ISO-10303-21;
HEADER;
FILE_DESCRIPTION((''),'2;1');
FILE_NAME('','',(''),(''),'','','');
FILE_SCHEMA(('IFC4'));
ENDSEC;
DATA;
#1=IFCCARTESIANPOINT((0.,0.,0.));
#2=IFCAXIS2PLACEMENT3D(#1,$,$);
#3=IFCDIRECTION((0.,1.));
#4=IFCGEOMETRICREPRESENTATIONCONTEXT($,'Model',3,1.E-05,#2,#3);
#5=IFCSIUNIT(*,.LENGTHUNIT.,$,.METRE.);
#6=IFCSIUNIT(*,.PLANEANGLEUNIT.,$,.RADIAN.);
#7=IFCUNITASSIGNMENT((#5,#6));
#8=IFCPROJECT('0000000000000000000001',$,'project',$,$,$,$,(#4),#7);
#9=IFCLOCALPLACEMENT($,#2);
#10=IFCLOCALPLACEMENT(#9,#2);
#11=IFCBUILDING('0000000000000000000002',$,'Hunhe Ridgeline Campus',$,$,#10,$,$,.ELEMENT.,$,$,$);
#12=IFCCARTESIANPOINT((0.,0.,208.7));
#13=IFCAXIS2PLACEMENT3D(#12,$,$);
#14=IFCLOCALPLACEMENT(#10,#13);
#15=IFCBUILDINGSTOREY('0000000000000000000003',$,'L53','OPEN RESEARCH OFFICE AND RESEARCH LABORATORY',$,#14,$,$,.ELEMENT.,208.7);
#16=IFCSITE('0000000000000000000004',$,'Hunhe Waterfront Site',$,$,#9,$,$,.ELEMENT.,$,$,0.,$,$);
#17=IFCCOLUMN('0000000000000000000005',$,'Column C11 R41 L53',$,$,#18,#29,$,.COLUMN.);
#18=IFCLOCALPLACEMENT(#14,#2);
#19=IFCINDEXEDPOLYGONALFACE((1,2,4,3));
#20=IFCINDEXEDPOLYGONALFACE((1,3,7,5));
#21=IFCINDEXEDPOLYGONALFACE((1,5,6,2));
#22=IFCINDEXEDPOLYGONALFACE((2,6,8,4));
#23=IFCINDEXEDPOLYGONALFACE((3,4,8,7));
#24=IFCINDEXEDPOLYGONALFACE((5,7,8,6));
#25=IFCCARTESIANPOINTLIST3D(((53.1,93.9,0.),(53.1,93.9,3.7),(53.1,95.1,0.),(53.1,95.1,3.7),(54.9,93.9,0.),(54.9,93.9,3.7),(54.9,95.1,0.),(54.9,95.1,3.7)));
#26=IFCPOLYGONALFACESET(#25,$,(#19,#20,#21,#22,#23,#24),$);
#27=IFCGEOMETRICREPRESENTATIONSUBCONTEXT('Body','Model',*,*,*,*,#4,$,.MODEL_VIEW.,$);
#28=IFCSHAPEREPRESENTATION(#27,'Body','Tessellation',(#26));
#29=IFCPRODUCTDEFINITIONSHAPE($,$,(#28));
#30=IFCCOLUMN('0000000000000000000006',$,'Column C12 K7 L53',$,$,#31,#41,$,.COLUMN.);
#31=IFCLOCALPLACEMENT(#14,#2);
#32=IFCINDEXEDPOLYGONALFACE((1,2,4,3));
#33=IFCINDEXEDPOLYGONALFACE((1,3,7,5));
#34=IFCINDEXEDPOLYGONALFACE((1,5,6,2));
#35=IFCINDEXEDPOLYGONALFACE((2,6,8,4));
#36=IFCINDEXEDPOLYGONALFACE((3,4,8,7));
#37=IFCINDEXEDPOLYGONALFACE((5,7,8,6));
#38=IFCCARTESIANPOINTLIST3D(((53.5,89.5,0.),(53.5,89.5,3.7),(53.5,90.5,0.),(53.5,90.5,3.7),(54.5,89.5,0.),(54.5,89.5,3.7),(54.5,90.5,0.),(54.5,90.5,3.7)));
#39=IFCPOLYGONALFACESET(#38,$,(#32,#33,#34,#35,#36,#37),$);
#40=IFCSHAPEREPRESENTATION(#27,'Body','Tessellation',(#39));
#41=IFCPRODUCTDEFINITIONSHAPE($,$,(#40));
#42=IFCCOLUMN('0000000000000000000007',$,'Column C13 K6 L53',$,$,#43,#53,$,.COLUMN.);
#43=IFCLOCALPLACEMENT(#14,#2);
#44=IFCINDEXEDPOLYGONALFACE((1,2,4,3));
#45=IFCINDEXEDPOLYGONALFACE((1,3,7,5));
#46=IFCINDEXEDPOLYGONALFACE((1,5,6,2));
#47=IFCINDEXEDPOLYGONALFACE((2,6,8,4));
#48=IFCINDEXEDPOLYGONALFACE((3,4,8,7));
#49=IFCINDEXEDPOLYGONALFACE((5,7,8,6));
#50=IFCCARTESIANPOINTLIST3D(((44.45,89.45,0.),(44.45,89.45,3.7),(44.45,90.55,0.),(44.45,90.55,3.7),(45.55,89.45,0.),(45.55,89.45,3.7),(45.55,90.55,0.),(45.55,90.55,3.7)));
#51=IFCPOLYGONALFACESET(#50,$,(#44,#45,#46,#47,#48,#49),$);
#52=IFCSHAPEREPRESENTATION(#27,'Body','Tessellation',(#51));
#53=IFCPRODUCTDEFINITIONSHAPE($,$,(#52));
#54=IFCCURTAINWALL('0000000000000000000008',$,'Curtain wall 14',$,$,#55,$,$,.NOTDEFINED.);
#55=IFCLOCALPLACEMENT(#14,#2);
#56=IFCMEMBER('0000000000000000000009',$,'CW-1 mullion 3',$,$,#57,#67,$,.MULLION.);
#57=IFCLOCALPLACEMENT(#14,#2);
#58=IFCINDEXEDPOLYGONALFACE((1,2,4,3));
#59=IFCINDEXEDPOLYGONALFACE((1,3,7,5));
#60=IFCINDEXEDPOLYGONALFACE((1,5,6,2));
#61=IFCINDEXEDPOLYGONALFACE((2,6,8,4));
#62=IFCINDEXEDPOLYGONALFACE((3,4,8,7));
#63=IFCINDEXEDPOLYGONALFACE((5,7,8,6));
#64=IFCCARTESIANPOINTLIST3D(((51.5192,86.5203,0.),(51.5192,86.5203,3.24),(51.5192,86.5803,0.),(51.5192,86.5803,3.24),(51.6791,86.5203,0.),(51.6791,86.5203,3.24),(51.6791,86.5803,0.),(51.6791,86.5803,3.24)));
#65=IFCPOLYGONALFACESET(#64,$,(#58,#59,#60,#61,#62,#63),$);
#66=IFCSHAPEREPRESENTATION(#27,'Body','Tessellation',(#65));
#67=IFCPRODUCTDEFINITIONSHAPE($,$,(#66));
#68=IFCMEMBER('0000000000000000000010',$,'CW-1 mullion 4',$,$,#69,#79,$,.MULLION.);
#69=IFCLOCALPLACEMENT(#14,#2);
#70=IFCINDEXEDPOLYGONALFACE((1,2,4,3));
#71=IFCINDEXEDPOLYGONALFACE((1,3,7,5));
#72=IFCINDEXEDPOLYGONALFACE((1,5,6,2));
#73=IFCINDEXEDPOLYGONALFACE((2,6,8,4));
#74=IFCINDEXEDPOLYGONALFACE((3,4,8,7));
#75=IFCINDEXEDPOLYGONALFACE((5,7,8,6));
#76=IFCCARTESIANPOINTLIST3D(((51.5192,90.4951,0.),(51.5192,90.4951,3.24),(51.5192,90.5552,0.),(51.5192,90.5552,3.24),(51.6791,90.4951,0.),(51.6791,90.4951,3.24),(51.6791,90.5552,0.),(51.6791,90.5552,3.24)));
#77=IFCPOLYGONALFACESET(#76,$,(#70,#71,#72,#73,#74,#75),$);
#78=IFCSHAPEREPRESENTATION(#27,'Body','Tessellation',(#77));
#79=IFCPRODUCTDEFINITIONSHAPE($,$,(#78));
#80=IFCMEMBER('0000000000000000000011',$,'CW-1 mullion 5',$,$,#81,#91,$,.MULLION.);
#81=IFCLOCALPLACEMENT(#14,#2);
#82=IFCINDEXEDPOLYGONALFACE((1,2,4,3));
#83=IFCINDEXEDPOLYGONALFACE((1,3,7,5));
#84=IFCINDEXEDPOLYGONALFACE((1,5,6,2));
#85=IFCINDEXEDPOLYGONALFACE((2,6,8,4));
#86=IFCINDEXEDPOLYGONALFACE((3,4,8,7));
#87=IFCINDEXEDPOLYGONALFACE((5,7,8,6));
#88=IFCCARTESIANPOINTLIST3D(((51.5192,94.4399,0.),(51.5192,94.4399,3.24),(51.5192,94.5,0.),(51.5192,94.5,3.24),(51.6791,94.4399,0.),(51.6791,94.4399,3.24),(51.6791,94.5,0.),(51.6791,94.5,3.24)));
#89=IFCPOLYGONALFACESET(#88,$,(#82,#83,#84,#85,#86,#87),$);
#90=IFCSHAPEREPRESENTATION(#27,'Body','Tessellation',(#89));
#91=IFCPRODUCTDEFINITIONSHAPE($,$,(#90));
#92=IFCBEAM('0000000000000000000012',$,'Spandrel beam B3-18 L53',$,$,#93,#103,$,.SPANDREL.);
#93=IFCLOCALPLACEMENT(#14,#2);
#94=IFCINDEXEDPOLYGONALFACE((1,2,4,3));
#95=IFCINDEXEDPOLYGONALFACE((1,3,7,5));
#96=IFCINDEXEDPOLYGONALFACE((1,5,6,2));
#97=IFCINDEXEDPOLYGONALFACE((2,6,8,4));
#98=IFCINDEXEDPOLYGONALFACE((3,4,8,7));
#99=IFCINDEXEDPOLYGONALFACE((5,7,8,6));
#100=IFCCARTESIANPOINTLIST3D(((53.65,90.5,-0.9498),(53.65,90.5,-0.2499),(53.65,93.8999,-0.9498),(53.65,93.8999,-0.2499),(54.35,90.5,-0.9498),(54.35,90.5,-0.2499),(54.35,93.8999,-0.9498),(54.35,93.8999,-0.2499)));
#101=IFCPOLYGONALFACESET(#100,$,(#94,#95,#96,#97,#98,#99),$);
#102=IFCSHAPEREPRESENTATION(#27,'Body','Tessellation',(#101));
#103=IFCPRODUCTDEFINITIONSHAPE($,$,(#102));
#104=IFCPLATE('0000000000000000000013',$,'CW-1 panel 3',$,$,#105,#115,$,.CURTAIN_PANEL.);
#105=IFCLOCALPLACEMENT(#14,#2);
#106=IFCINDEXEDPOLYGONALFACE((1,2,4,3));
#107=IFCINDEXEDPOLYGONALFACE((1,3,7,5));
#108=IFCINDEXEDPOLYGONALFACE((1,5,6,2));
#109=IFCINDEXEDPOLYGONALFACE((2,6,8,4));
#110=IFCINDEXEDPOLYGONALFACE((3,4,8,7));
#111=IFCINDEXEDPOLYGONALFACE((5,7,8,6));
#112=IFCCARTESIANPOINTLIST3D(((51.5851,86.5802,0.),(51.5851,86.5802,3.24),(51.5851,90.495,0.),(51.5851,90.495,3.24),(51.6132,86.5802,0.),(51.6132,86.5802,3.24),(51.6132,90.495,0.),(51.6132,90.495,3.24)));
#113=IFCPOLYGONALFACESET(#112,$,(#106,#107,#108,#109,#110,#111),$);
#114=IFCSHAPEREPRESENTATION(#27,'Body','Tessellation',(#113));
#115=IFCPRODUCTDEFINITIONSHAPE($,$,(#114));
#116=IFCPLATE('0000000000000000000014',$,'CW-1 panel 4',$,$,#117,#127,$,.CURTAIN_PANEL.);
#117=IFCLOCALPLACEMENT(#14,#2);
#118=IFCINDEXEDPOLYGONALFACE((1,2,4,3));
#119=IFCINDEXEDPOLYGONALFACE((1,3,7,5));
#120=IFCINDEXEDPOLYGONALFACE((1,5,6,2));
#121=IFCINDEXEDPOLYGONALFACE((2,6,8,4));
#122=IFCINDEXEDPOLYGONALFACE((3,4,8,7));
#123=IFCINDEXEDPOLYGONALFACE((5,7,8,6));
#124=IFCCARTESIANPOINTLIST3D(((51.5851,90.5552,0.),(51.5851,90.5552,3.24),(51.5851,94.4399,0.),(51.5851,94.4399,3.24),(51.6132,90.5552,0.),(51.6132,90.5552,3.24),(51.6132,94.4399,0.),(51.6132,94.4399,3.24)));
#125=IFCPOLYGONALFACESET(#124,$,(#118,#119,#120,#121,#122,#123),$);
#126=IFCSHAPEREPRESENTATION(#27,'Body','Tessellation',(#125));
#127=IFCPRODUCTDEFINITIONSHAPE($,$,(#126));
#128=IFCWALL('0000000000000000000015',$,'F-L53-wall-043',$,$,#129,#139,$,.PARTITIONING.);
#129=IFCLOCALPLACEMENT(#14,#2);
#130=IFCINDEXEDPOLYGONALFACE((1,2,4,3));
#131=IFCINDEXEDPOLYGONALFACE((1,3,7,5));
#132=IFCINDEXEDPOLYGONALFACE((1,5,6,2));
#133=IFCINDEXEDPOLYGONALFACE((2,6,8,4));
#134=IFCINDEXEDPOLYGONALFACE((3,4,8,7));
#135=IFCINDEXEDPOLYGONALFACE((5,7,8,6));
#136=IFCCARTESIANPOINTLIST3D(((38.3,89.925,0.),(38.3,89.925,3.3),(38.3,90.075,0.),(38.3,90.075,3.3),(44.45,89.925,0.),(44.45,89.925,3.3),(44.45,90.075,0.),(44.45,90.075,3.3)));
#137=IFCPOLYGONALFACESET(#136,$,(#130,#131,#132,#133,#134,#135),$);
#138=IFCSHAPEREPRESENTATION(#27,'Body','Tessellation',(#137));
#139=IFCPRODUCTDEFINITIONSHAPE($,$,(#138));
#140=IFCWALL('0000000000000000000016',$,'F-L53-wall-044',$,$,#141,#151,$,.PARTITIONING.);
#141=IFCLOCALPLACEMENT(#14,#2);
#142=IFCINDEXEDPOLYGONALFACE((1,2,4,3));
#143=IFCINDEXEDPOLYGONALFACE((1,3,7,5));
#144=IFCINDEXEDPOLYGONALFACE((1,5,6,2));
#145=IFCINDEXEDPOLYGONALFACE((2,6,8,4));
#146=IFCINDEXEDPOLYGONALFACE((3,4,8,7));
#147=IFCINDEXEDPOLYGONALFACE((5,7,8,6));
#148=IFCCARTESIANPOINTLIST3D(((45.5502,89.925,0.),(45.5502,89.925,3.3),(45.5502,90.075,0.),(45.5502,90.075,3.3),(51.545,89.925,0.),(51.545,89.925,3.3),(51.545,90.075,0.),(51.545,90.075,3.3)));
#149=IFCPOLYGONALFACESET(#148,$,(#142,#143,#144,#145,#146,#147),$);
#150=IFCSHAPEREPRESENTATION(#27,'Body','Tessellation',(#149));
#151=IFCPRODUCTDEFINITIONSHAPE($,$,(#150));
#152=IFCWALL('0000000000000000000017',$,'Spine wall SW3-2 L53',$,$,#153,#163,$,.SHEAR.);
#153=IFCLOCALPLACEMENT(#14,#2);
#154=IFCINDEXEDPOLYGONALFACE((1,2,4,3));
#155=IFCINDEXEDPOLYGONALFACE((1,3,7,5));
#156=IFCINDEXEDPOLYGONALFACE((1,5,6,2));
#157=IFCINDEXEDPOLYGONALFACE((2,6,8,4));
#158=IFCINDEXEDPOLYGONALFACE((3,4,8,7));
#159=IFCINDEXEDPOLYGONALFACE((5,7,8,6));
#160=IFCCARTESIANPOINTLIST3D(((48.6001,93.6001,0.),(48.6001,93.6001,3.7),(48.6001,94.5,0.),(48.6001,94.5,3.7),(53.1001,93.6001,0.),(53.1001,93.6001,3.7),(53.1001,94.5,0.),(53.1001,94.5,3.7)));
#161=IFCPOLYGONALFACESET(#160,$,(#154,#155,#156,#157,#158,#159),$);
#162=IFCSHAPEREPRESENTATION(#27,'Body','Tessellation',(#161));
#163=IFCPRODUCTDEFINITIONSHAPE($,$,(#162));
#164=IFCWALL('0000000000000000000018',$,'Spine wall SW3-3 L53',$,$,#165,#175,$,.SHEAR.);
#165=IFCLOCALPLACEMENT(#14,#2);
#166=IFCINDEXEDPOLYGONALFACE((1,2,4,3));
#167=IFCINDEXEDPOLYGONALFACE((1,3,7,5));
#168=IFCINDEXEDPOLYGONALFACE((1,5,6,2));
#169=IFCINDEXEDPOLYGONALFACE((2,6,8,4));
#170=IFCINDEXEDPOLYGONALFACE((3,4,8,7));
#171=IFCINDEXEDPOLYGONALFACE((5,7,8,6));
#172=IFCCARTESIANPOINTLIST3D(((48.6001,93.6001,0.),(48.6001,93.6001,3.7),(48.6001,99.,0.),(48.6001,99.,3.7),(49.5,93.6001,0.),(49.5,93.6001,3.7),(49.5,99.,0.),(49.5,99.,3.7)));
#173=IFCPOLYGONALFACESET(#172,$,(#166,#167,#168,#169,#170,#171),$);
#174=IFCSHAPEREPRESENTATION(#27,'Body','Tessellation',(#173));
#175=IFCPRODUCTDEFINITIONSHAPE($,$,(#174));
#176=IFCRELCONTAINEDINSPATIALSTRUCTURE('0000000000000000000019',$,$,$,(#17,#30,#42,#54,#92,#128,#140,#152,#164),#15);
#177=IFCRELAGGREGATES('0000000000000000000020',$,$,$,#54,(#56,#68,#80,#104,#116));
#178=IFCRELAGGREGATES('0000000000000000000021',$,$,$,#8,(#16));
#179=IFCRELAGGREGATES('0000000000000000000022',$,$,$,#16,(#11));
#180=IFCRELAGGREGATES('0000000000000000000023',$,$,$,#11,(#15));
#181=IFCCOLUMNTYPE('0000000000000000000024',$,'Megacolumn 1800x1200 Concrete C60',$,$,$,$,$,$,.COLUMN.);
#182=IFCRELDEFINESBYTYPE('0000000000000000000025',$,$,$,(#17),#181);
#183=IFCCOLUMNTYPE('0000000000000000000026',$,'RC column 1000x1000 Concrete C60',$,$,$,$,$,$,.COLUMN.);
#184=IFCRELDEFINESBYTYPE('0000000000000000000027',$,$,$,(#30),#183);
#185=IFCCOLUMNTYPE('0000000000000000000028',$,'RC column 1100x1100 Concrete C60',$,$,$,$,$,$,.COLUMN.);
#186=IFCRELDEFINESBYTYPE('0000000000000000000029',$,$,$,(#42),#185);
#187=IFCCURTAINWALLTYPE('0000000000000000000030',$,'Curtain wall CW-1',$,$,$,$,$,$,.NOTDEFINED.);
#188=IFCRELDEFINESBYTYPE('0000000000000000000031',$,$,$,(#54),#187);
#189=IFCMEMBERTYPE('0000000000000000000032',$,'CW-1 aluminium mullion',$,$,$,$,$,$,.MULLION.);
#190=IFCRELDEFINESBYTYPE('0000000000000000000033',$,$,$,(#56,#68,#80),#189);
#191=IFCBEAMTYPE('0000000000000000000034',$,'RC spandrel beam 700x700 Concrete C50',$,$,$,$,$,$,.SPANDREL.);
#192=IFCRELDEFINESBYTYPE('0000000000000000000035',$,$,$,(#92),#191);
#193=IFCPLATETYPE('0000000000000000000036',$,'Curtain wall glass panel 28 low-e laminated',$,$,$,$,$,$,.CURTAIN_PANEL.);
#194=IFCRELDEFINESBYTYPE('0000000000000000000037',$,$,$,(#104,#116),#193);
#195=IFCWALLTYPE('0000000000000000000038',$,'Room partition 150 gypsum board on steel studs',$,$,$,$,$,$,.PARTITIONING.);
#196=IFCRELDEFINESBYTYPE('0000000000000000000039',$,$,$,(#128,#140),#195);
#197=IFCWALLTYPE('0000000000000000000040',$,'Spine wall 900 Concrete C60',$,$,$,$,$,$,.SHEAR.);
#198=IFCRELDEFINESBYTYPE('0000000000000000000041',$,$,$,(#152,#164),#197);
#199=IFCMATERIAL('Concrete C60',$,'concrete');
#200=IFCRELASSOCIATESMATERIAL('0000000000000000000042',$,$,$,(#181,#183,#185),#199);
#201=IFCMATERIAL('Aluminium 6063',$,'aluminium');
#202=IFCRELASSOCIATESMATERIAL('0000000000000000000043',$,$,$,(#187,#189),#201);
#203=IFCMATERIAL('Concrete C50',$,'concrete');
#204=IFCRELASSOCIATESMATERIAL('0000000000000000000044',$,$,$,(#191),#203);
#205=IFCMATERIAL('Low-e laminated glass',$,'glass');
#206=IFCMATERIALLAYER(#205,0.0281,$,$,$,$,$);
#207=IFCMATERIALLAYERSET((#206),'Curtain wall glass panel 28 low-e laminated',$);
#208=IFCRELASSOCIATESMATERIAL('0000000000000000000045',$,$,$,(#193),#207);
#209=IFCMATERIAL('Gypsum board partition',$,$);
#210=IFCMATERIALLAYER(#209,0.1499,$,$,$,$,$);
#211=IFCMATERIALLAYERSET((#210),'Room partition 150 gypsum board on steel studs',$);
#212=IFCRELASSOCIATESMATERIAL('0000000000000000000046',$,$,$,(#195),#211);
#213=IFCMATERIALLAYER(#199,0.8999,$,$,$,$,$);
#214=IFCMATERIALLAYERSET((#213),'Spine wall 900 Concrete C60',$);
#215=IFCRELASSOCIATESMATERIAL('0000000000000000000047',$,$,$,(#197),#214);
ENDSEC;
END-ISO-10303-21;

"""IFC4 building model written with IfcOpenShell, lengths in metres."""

from ifc_helpers import new_model, si_unit, direction, frame, frame_2d, origin, origin_2d, place, context, subcontext, project, spatial, rectangle, extrude, material, layer, layer_set, material_profile, profile_set, type_object, element, aggregate, save


model = new_model("IFC4")

# Units and contexts
model_context = context("Model", 3, precision=1e-05, world=origin(), true_north=direction((0.0, 1.0)))
body_context = subcontext(model_context, "Body", "Model", "MODEL_VIEW")
ifc_project = project(units=[si_unit("LENGTHUNIT", "METRE"), si_unit("PLANEANGLEUNIT", "RADIAN")], contexts=[model_context])

# Site, building, storey
site_placement = place(None, origin())
site = spatial("IfcSite", under=ifc_project, at=site_placement, Name="Hunhe Waterfront Site", CompositionType="ELEMENT", RefElevation=0.0)
building_placement = place(site_placement, origin())
building = spatial("IfcBuilding", under=site, at=building_placement, Name="Hunhe Ridgeline Campus", CompositionType="ELEMENT")
storey_placement = place(building_placement, frame((0.0, 0.0, 208.7)))
storey = spatial("IfcBuildingStorey", under=building, at=storey_placement, Name="L53", Description="OPEN RESEARCH OFFICE AND RESEARCH LABORATORY", CompositionType="ELEMENT", Elevation=208.7)

# Columns
ifc_material_1 = material(Name="Concrete C60", Category="concrete")
ifc_material_profile_1 = material_profile(ifc_material_1, rectangle(XDim=1.8, YDim=1.2, at=origin_2d()))
ifc_profile_set_1 = profile_set([ifc_material_profile_1], Name="Concrete C60")
column_type_1 = type_object("IfcColumnType", Name="Megacolumn 1800x1200 Concrete C60", PredefinedType="COLUMN", material=ifc_profile_set_1)
column_1_placement = place(storey_placement, frame((54.0, 94.5, 0.0), z_axis=(0.0, 0.0, 1.0), x_axis=(1.0, 0.0, 0.0)))
element("IfcColumn", 1, at=column_1_placement, inside=storey, type_object=column_type_1, Name="Column C11 R41 L53", PredefinedType="COLUMN", context=body_context, shape_type="SweptSolid", body=[
    extrude(rectangle(XDim=1.8, YDim=1.2, at=origin_2d()), origin(), (0.0, 0.0, 1.0), 3.7),
])
ifc_material_profile_2 = material_profile(ifc_material_1, rectangle(XDim=1.0, YDim=1.0, at=origin_2d()))
ifc_profile_set_2 = profile_set([ifc_material_profile_2], Name="Concrete C60")
column_type_2 = type_object("IfcColumnType", Name="RC column 1000x1000 Concrete C60", PredefinedType="COLUMN", material=ifc_profile_set_2)
column_2_placement = place(storey_placement, frame((54.0, 90.0, 0.0), z_axis=(0.0, 0.0, 1.0), x_axis=(1.0, 0.0, 0.0)))
element("IfcColumn", 2, at=column_2_placement, inside=storey, type_object=column_type_2, Name="Column C12 K7 L53", PredefinedType="COLUMN", context=body_context, shape_type="SweptSolid", body=[
    extrude(rectangle(XDim=1.0, YDim=1.0, at=origin_2d()), origin(), (0.0, 0.0, 1.0), 3.7),
])
ifc_material_profile_3 = material_profile(ifc_material_1, rectangle(XDim=1.1001, YDim=1.1001, at=origin_2d()))
ifc_profile_set_3 = profile_set([ifc_material_profile_3], Name="Concrete C60")
column_type_3 = type_object("IfcColumnType", Name="RC column 1100x1100 Concrete C60", PredefinedType="COLUMN", material=ifc_profile_set_3)
column_3_placement = place(storey_placement, frame((45.0, 90.0, 0.0), z_axis=(0.0, 0.0, 1.0), x_axis=(1.0, 0.0, 0.0)))
element("IfcColumn", 3, at=column_3_placement, inside=storey, type_object=column_type_3, Name="Column C13 K6 L53", PredefinedType="COLUMN", context=body_context, shape_type="SweptSolid", body=[
    extrude(rectangle(XDim=1.1001, YDim=1.1001, at=origin_2d()), origin(), (0.0, 0.0, 1.0), 3.7),
])

# Curtain wall, members
ifc_material_2 = material(Name="Aluminium 6063", Category="aluminium")
curtain_wall_type = type_object("IfcCurtainWallType", Name="Curtain wall CW-1", PredefinedType="NOTDEFINED", material=ifc_material_2)
curtain_wall_placement = place(storey_placement, origin())
curtain_wall = element("IfcCurtainWall", 4, at=curtain_wall_placement, inside=storey, type_object=curtain_wall_type, Name="Curtain wall 14", PredefinedType="NOTDEFINED")
ifc_material_profile_4 = material_profile(ifc_material_2, rectangle(XDim=0.1599, YDim=0.0601, at=origin_2d()))
ifc_profile_set_4 = profile_set([ifc_material_profile_4], Name="Aluminium 6063")
member_type = type_object("IfcMemberType", Name="CW-1 aluminium mullion", PredefinedType="MULLION", material=ifc_profile_set_4)
member_1_placement = place(storey_placement, frame((51.5991, 86.5503, 0.0), z_axis=(0.0, 0.0, 1.0), x_axis=(-1.0, 0.0, 0.0)))
member_1 = element("IfcMember", 5, at=member_1_placement, type_object=member_type, Name="CW-1 mullion 3", PredefinedType="MULLION", context=body_context, shape_type="SweptSolid", body=[
    extrude(rectangle(XDim=0.1599, YDim=0.0601, at=origin_2d()), origin(), (0.0, 0.0, 1.0), 3.24),
])
member_2_placement = place(storey_placement, frame((51.5991, 90.5251, 0.0), z_axis=(0.0, 0.0, 1.0), x_axis=(-1.0, 0.0, 0.0)))
member_2 = element("IfcMember", 6, at=member_2_placement, type_object=member_type, Name="CW-1 mullion 4", PredefinedType="MULLION", context=body_context, shape_type="SweptSolid", body=[
    extrude(rectangle(XDim=0.1599, YDim=0.0601, at=origin_2d()), origin(), (0.0, 0.0, 1.0), 3.24),
])
member_3_placement = place(storey_placement, frame((51.5991, 94.47, 0.0), z_axis=(0.0, 0.0, 1.0), x_axis=(-1.0, 0.0, 0.0)))
member_3 = element("IfcMember", 7, at=member_3_placement, type_object=member_type, Name="CW-1 mullion 5", PredefinedType="MULLION", context=body_context, shape_type="SweptSolid", body=[
    extrude(rectangle(XDim=0.1599, YDim=0.0601, at=origin_2d()), origin(), (0.0, 0.0, 1.0), 3.24),
])

# Beam
ifc_material_3 = material(Name="Concrete C50", Category="concrete")
ifc_material_profile_5 = material_profile(ifc_material_3, rectangle(XDim=0.7, YDim=0.7, at=origin_2d()))
ifc_profile_set_5 = profile_set([ifc_material_profile_5], Name="Concrete C50")
beam_type = type_object("IfcBeamType", Name="RC spandrel beam 700x700 Concrete C50", PredefinedType="SPANDREL", material=ifc_profile_set_5)
beam_placement = place(storey_placement, frame((54.0, 90.5, -0.5999), z_axis=(0.0, 1.0, 0.0), x_axis=(-1.0, 0.0, 0.0)))
element("IfcBeam", 8, at=beam_placement, inside=storey, type_object=beam_type, Name="Spandrel beam B3-18 L53", PredefinedType="SPANDREL", context=body_context, shape_type="SweptSolid", body=[
    extrude(rectangle(XDim=0.7, YDim=0.7, at=origin_2d()), origin(), (0.0, 0.0, 1.0), 3.3999),
])

# Plates
ifc_material_4 = material(Name="Low-e laminated glass", Category="glass")
ifc_layer_1 = layer(ifc_material_4, 0.0281)
ifc_layer_set_1 = layer_set([ifc_layer_1], Name="Curtain wall glass panel 28 low-e laminated")
plate_type = type_object("IfcPlateType", Name="Curtain wall glass panel 28 low-e laminated", PredefinedType="CURTAIN_PANEL", material=ifc_layer_set_1)
plate_1_placement = place(storey_placement, frame((51.5991, 88.5376, 0.0), z_axis=(0.0, 0.0, 1.0), x_axis=(0.0, 1.0, 0.0)))
plate_1 = element("IfcPlate", 9, at=plate_1_placement, type_object=plate_type, Name="CW-1 panel 3", PredefinedType="CURTAIN_PANEL", context=body_context, shape_type="SweptSolid", body=[
    extrude(rectangle(XDim=3.9148, YDim=0.0281, at=origin_2d()), origin(), (0.0, 0.0, 1.0), 3.24),
])
plate_2_placement = place(storey_placement, frame((51.5991, 92.4976, 0.0), z_axis=(0.0, 0.0, 1.0), x_axis=(0.0, 1.0, 0.0)))
plate_2 = element("IfcPlate", 10, at=plate_2_placement, type_object=plate_type, Name="CW-1 panel 4", PredefinedType="CURTAIN_PANEL", context=body_context, shape_type="SweptSolid", body=[
    extrude(rectangle(XDim=3.8848, YDim=0.0281, at=origin_2d()), origin(), (0.0, 0.0, 1.0), 3.24),
])
aggregate(curtain_wall, [member_1, member_2, member_3, plate_1, plate_2])

# Shared definitions
ifc_material_5 = material(Name="Gypsum board partition")

# Walls
ifc_layer_2 = layer(ifc_material_5, 0.1499)
ifc_layer_set_2 = layer_set([ifc_layer_2], Name="Room partition 150 gypsum board on steel studs")
wall_type_1 = type_object("IfcWallType", Name="Room partition 150 gypsum board on steel studs", PredefinedType="PARTITIONING", material=ifc_layer_set_2)
wall_1_placement = place(storey_placement, frame((38.3, 90.0, 0.0), z_axis=(0.0, 0.0, 1.0), x_axis=(1.0, 0.0, 0.0)))
element("IfcWall", 11, at=wall_1_placement, inside=storey, type_object=wall_type_1, Name="F-L53-wall-043", PredefinedType="PARTITIONING", context=body_context, shape_type="SweptSolid", body=[
    extrude(rectangle(XDim=6.1499, YDim=0.1499, at=frame_2d((3.075, 0.0))), origin(), (0.0, 0.0, 1.0), 3.3),
])
wall_2_placement = place(storey_placement, frame((45.55, 90.0, 0.0), z_axis=(0.0, 0.0, 1.0), x_axis=(1.0, 0.0, 0.0)))
element("IfcWall", 12, at=wall_2_placement, inside=storey, type_object=wall_type_1, Name="F-L53-wall-044", PredefinedType="PARTITIONING", context=body_context, shape_type="SweptSolid", body=[
    extrude(rectangle(XDim=5.9949, YDim=0.1499, at=frame_2d((2.9976, 0.0))), origin(), (0.0, 0.0, 1.0), 3.3),
])
ifc_layer_3 = layer(ifc_material_1, 0.8999)
ifc_layer_set_3 = layer_set([ifc_layer_3], Name="Spine wall 900 Concrete C60")
wall_type_2 = type_object("IfcWallType", Name="Spine wall 900 Concrete C60", PredefinedType="SHEAR", material=ifc_layer_set_3)
wall_3_placement = place(storey_placement, frame((53.1001, 94.05, 0.0), z_axis=(0.0, 0.0, 1.0), x_axis=(-1.0, 0.0, 0.0)))
element("IfcWall", 13, at=wall_3_placement, inside=storey, type_object=wall_type_2, Name="Spine wall SW3-2 L53", PredefinedType="SHEAR", context=body_context, shape_type="SweptSolid", body=[
    extrude(rectangle(XDim=4.5, YDim=0.8999, at=frame_2d((2.25, 0.0))), origin(), (0.0, 0.0, 1.0), 3.7),
])
wall_4_placement = place(storey_placement, frame((49.05, 93.6001, 0.0), z_axis=(0.0, 0.0, 1.0), x_axis=(0.0, 1.0, 0.0)))
element("IfcWall", 14, at=wall_4_placement, inside=storey, type_object=wall_type_2, Name="Spine wall SW3-3 L53", PredefinedType="SHEAR", context=body_context, shape_type="SweptSolid", body=[
    extrude(rectangle(XDim=5.3999, YDim=0.8999, at=frame_2d((2.7, 0.0))), origin(), (0.0, 0.0, 1.0), 3.7),
])

save(model, "model.ifc")
